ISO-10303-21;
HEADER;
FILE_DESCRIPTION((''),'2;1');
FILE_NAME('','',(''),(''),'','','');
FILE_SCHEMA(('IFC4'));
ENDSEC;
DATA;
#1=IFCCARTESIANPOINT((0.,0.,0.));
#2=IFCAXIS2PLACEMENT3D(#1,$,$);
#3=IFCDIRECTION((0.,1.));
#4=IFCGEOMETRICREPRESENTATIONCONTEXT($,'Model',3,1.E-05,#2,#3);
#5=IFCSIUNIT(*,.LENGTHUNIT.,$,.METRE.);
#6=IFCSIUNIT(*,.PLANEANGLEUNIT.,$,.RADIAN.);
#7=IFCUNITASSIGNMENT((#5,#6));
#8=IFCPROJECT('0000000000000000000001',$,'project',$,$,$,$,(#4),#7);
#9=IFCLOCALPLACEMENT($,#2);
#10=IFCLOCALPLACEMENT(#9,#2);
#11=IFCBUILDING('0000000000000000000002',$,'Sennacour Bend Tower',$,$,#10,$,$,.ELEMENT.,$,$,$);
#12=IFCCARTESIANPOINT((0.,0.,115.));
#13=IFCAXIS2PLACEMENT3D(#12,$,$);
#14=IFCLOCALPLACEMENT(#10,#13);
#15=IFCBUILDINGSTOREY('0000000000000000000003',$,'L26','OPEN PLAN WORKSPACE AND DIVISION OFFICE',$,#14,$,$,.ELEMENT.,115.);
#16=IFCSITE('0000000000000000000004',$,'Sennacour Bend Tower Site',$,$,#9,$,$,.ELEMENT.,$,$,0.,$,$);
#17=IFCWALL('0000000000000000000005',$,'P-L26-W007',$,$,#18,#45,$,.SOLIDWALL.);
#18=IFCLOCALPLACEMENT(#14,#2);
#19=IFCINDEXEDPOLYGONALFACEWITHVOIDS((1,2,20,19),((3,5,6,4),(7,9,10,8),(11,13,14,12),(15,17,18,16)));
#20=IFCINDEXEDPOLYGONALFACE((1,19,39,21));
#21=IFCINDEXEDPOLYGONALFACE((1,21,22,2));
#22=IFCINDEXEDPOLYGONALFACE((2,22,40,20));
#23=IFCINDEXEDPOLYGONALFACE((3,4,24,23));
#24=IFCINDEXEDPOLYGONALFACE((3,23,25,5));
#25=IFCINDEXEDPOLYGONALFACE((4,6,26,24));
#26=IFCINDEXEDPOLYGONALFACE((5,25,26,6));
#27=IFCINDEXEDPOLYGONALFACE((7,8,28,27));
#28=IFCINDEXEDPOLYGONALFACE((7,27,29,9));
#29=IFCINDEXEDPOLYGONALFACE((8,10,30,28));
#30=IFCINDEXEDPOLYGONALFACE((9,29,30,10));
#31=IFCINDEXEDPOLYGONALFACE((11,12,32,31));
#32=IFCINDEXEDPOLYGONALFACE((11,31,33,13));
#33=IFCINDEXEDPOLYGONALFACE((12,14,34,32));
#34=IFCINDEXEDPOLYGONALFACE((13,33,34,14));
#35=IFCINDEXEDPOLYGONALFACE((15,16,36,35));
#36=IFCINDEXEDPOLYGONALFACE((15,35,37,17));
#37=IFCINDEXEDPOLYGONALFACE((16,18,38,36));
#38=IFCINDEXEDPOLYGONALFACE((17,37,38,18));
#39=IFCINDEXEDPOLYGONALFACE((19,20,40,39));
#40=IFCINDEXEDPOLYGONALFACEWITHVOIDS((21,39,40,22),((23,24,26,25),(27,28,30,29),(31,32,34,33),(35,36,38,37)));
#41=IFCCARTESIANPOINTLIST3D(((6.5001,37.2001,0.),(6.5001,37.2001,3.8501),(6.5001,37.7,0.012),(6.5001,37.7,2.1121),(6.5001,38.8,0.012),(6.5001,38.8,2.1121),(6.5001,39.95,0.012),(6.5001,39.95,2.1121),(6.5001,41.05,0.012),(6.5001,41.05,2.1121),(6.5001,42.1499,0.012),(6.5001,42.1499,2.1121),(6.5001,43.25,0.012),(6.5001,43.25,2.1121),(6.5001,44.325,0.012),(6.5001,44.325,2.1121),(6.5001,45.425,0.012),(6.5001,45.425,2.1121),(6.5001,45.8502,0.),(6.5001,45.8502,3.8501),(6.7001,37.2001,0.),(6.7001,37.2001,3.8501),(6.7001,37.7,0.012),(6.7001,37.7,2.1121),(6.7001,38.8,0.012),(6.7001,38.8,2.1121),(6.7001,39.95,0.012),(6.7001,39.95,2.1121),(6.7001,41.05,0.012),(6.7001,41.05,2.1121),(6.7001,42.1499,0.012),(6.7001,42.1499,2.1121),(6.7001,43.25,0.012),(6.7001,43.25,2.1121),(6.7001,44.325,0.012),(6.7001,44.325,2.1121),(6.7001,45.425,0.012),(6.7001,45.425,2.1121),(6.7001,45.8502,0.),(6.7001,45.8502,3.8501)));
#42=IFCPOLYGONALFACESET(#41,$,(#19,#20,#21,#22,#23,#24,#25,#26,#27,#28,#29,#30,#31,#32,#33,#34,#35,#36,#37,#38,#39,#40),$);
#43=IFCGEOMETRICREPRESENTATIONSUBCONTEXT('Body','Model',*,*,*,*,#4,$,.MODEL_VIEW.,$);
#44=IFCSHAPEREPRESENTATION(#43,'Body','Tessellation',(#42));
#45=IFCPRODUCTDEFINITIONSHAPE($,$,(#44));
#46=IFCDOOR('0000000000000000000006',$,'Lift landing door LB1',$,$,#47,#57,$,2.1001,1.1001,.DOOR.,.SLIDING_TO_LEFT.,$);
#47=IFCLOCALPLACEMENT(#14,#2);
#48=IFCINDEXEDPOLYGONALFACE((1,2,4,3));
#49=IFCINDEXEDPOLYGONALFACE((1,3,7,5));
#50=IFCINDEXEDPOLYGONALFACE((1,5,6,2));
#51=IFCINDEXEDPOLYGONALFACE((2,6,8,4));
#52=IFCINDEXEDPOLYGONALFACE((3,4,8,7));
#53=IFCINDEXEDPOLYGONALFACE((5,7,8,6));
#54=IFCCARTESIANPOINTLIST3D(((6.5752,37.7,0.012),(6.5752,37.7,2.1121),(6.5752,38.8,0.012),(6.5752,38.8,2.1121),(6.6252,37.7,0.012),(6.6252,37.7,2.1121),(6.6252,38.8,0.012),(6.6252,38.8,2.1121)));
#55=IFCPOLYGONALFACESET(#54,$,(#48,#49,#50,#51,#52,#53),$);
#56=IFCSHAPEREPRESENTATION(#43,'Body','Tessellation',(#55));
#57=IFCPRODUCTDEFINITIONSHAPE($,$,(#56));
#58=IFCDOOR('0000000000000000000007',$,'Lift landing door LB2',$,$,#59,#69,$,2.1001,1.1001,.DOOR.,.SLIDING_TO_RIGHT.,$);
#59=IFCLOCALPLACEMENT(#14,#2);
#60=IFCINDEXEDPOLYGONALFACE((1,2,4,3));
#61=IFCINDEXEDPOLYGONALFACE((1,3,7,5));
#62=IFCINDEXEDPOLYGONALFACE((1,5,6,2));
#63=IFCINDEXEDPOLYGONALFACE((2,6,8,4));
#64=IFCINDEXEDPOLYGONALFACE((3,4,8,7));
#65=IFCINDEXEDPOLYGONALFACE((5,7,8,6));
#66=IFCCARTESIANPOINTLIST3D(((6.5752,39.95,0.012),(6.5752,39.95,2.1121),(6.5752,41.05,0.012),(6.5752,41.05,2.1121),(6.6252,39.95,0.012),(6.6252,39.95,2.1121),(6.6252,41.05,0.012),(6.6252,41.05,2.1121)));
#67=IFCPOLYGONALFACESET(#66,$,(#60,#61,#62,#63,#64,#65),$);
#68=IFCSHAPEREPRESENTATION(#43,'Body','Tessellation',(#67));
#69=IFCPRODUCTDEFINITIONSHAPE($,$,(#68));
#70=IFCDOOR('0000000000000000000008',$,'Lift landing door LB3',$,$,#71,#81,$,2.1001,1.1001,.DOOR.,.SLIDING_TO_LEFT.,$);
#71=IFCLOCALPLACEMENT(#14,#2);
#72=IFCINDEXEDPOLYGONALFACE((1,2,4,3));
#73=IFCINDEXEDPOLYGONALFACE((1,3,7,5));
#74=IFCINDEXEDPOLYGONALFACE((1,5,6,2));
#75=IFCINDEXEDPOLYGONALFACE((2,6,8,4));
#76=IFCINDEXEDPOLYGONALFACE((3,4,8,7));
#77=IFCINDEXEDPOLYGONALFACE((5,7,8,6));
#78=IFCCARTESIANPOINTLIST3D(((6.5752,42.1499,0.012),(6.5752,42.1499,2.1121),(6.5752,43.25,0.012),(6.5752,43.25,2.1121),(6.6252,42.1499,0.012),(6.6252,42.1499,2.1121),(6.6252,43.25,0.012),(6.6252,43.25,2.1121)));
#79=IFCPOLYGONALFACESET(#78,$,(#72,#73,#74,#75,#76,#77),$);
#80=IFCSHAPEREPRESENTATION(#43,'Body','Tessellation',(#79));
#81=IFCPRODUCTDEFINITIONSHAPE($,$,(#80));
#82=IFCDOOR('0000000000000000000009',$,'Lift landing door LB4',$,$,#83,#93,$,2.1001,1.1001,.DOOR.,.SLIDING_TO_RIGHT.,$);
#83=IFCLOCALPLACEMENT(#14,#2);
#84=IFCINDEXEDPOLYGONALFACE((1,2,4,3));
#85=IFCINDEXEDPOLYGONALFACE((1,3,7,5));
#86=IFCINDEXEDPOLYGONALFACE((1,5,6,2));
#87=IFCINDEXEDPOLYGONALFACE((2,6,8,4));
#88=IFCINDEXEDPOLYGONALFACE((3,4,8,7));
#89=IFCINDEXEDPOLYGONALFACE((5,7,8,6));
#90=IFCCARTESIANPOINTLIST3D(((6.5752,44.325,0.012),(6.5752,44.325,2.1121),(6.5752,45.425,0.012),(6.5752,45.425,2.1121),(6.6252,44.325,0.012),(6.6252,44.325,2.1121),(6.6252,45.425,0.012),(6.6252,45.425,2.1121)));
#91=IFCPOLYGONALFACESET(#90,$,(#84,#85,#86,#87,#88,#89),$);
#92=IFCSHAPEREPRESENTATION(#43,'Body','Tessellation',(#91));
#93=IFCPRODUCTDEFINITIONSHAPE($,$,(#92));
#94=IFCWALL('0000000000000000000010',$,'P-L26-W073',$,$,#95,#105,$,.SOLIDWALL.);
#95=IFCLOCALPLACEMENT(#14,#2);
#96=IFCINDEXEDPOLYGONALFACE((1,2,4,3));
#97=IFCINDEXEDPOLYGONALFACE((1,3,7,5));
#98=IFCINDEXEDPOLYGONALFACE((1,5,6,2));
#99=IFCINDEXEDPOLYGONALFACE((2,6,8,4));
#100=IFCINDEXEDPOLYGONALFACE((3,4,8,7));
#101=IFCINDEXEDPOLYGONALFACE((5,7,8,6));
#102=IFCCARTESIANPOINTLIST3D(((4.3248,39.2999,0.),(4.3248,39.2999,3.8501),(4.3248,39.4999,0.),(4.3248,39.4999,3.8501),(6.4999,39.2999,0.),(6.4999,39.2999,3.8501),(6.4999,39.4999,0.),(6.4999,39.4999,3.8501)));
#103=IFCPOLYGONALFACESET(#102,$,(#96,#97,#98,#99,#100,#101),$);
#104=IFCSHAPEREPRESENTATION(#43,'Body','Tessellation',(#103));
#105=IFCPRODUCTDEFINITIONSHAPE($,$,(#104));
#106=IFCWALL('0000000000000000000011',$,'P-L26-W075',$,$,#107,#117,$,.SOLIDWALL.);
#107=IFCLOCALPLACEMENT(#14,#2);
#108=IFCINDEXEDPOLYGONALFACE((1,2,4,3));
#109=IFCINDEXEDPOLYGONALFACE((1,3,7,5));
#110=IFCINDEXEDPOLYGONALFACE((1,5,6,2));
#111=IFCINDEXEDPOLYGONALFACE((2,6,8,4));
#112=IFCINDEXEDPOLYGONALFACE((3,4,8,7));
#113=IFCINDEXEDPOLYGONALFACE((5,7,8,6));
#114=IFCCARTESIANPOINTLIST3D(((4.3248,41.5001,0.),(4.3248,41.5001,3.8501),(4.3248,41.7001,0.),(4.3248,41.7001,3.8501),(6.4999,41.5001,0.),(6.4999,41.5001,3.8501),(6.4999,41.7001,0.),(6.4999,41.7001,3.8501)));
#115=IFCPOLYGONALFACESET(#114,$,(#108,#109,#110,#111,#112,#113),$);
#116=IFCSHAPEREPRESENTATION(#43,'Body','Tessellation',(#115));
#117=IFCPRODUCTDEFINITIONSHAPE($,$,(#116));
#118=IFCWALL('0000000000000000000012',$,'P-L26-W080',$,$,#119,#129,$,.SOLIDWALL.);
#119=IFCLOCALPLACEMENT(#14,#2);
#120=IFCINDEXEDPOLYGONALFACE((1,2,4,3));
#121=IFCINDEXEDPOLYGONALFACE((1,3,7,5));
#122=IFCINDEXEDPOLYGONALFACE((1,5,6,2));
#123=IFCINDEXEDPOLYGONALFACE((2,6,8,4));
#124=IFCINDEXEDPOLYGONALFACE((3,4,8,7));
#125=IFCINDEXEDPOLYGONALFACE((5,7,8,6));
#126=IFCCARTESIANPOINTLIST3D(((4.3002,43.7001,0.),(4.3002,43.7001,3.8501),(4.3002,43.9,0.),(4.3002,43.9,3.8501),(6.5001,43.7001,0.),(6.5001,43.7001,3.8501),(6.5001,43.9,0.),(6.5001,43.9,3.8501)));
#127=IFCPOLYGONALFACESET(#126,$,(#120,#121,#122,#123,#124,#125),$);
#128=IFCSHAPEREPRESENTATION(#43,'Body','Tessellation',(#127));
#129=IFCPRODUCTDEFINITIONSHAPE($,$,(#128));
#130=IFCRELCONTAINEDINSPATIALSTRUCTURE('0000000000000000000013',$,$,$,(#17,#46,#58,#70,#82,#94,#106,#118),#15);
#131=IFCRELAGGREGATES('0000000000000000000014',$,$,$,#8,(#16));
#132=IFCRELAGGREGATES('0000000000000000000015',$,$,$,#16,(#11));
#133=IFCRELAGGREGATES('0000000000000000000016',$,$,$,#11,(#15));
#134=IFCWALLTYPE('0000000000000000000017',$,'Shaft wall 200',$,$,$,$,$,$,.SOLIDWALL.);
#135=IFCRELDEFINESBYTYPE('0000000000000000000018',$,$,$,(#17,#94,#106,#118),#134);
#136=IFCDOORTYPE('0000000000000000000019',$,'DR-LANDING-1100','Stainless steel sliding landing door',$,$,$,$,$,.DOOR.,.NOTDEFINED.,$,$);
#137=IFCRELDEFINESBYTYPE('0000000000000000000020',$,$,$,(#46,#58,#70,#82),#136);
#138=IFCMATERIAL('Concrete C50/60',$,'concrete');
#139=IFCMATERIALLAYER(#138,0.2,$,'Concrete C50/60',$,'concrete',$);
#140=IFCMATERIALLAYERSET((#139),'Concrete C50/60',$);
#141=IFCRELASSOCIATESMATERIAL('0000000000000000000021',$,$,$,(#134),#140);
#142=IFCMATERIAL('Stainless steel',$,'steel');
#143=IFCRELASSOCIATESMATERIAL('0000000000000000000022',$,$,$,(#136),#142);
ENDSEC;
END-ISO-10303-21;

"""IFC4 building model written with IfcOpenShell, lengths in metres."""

from ifc_helpers import new_model, si_unit, direction, frame, frame_2d, origin, place, context, subcontext, project, spatial, rectangle, extrude, material, layer, layer_set, type_object, element, fill, save


model = new_model("IFC4")

# Units and contexts
model_context = context("Model", 3, precision=1e-05, world=origin(), true_north=direction((0.0, 1.0)))
body_context = subcontext(model_context, "Body", "Model", "MODEL_VIEW")
ifc_project = project(units=[si_unit("LENGTHUNIT", "METRE"), si_unit("PLANEANGLEUNIT", "RADIAN")], contexts=[model_context])

# Site, building, storey
site_placement = place(None, origin())
site = spatial("IfcSite", under=ifc_project, at=site_placement, Name="Sennacour Bend Tower Site", CompositionType="ELEMENT", RefElevation=0.0)
building_placement = place(site_placement, origin())
building = spatial("IfcBuilding", under=site, at=building_placement, Name="Sennacour Bend Tower", CompositionType="ELEMENT")
storey_placement = place(building_placement, frame((0.0, 0.0, 115.0)))
storey = spatial("IfcBuildingStorey", under=building, at=storey_placement, Name="L26", Description="OPEN PLAN WORKSPACE AND DIVISION OFFICE", CompositionType="ELEMENT", Elevation=115.0)

# Shared definitions
ifc_material_1 = material(Name="Concrete C50/60", Category="concrete")
ifc_layer_1 = layer(ifc_material_1, 0.2, Name="Concrete C50/60", Category="concrete")
ifc_layer_set_1 = layer_set([ifc_layer_1], Name="Concrete C50/60")
wall_type_1 = type_object("IfcWallType", Name="Shaft wall 200", PredefinedType="SOLIDWALL", material=ifc_layer_set_1)

# Wall, openings, doors
wall_1_placement = place(storey_placement, frame((6.6001, 37.2, 0.0), z_axis=(0.0, 0.0, 1.0), x_axis=(0.0, 1.0, 0.0)))
wall_1 = element("IfcWall", 1, at=wall_1_placement, inside=storey, type_object=wall_type_1, Name="P-L26-W007", PredefinedType="SOLIDWALL", context=body_context, shape_type="SweptSolid", body=[
    extrude(rectangle(XDim=8.6501, YDim=0.2, at=frame_2d((4.3252, 0.0))), origin(), (0.0, 0.0, 1.0), 3.8501),
])
opening_1_placement = place(wall_1_placement, frame((0.5, 0.0, 0.012)))
opening_1 = element("IfcOpeningElement", 2, at=opening_1_placement, cuts=wall_1, PredefinedType="OPENING", context=body_context, shape_type="SweptSolid", body=[
    extrude(rectangle(XDim=1.1001, YDim=2.1001, at=frame_2d((0.55, 1.05))), frame((0.0, 0.1099, 0.0), z_axis=(0.0, -1.0, 0.0), x_axis=(1.0, 0.0, 0.0)), (0.0, 0.0, 1.0), 0.22),
])
opening_2_placement = place(wall_1_placement, frame((2.75, 0.0, 0.012)))
opening_2 = element("IfcOpeningElement", 3, at=opening_2_placement, cuts=wall_1, PredefinedType="OPENING", context=body_context, shape_type="SweptSolid", body=[
    extrude(rectangle(XDim=1.1001, YDim=2.1001, at=frame_2d((0.55, 1.05))), frame((0.0, 0.1099, 0.0), z_axis=(0.0, -1.0, 0.0), x_axis=(1.0, 0.0, 0.0)), (0.0, 0.0, 1.0), 0.22),
])
opening_3_placement = place(wall_1_placement, frame((4.95, 0.0, 0.012)))
opening_3 = element("IfcOpeningElement", 4, at=opening_3_placement, cuts=wall_1, PredefinedType="OPENING", context=body_context, shape_type="SweptSolid", body=[
    extrude(rectangle(XDim=1.1001, YDim=2.1001, at=frame_2d((0.55, 1.05))), frame((0.0, 0.1099, 0.0), z_axis=(0.0, -1.0, 0.0), x_axis=(1.0, 0.0, 0.0)), (0.0, 0.0, 1.0), 0.22),
])
opening_4_placement = place(wall_1_placement, frame((7.125, 0.0, 0.012)))
opening_4 = element("IfcOpeningElement", 5, at=opening_4_placement, cuts=wall_1, PredefinedType="OPENING", context=body_context, shape_type="SweptSolid", body=[
    extrude(rectangle(XDim=1.1001, YDim=2.1001, at=frame_2d((0.55, 1.05))), frame((0.0, 0.1099, 0.0), z_axis=(0.0, -1.0, 0.0), x_axis=(1.0, 0.0, 0.0)), (0.0, 0.0, 1.0), 0.22),
])
ifc_material_2 = material(Name="Stainless steel", Category="steel")
door_type_1 = type_object("IfcDoorType", Name="DR-LANDING-1100", Description="Stainless steel sliding landing door", OperationType="NOTDEFINED", PredefinedType="DOOR", material=ifc_material_2)
door_1_placement = place(opening_1_placement, origin())
door_1 = element("IfcDoor", 6, at=door_1_placement, inside=storey, type_object=door_type_1, Name="Lift landing door LB1", OperationType="SLIDING_TO_LEFT", OverallHeight=2.1001, OverallWidth=1.1001, PredefinedType="DOOR", context=body_context, shape_type="SweptSolid", body=[
    extrude(rectangle(XDim=1.1001, YDim=2.1001, at=frame_2d((0.55, 1.05))), frame((0.0, 0.0249, 0.0), z_axis=(0.0, -1.0, 0.0), x_axis=(1.0, 0.0, 0.0)), (0.0, 0.0, 1.0), 0.05),
])
fill(opening_1, door_1)
door_2_placement = place(opening_2_placement, origin())
door_2 = element("IfcDoor", 7, at=door_2_placement, inside=storey, type_object=door_type_1, Name="Lift landing door LB2", OperationType="SLIDING_TO_RIGHT", OverallHeight=2.1001, OverallWidth=1.1001, PredefinedType="DOOR", context=body_context, shape_type="SweptSolid", body=[
    extrude(rectangle(XDim=1.1001, YDim=2.1001, at=frame_2d((0.55, 1.05))), frame((0.0, 0.0249, 0.0), z_axis=(0.0, -1.0, 0.0), x_axis=(1.0, 0.0, 0.0)), (0.0, 0.0, 1.0), 0.05),
])
fill(opening_2, door_2)
door_3_placement = place(opening_3_placement, origin())
door_3 = element("IfcDoor", 8, at=door_3_placement, inside=storey, type_object=door_type_1, Name="Lift landing door LB3", OperationType="SLIDING_TO_LEFT", OverallHeight=2.1001, OverallWidth=1.1001, PredefinedType="DOOR", context=body_context, shape_type="SweptSolid", body=[
    extrude(rectangle(XDim=1.1001, YDim=2.1001, at=frame_2d((0.55, 1.05))), frame((0.0, 0.0249, 0.0), z_axis=(0.0, -1.0, 0.0), x_axis=(1.0, 0.0, 0.0)), (0.0, 0.0, 1.0), 0.05),
])
fill(opening_3, door_3)
door_4_placement = place(opening_4_placement, origin())
door_4 = element("IfcDoor", 9, at=door_4_placement, inside=storey, type_object=door_type_1, Name="Lift landing door LB4", OperationType="SLIDING_TO_RIGHT", OverallHeight=2.1001, OverallWidth=1.1001, PredefinedType="DOOR", context=body_context, shape_type="SweptSolid", body=[
    extrude(rectangle(XDim=1.1001, YDim=2.1001, at=frame_2d((0.55, 1.05))), frame((0.0, 0.0249, 0.0), z_axis=(0.0, -1.0, 0.0), x_axis=(1.0, 0.0, 0.0)), (0.0, 0.0, 1.0), 0.05),
])
fill(opening_4, door_4)

# Walls
for number, where, z_axis, x_axis, name in (
    (10, (4.325, 39.3999, 0.0), (0.0, 0.0, 1.0), (1.0, 0.0, 0.0), "P-L26-W073"),
    (11, (4.325, 41.6001, 0.0), (0.0, 0.0, 1.0), (1.0, 0.0, 0.0), "P-L26-W075"),
):
    element("IfcWall", number, at=place(storey_placement, frame(where, z_axis=z_axis, x_axis=x_axis)), inside=storey, type_object=wall_type_1, Name=name, PredefinedType="SOLIDWALL", context=body_context, shape_type="SweptSolid", body=[
        extrude(rectangle(XDim=2.175, YDim=0.2, at=frame_2d((1.0874, 0.0))), origin(), (0.0, 0.0, 1.0), 3.8501),
    ])
wall_2_placement = place(storey_placement, frame((4.3, 43.8, 0.0), z_axis=(0.0, 0.0, 1.0), x_axis=(1.0, 0.0, 0.0)))
element("IfcWall", 12, at=wall_2_placement, inside=storey, type_object=wall_type_1, Name="P-L26-W080", PredefinedType="SOLIDWALL", context=body_context, shape_type="SweptSolid", body=[
    extrude(rectangle(XDim=2.2, YDim=0.2, at=frame_2d((1.1001, 0.0))), origin(), (0.0, 0.0, 1.0), 3.8501),
])

save(model, "model.ifc")
